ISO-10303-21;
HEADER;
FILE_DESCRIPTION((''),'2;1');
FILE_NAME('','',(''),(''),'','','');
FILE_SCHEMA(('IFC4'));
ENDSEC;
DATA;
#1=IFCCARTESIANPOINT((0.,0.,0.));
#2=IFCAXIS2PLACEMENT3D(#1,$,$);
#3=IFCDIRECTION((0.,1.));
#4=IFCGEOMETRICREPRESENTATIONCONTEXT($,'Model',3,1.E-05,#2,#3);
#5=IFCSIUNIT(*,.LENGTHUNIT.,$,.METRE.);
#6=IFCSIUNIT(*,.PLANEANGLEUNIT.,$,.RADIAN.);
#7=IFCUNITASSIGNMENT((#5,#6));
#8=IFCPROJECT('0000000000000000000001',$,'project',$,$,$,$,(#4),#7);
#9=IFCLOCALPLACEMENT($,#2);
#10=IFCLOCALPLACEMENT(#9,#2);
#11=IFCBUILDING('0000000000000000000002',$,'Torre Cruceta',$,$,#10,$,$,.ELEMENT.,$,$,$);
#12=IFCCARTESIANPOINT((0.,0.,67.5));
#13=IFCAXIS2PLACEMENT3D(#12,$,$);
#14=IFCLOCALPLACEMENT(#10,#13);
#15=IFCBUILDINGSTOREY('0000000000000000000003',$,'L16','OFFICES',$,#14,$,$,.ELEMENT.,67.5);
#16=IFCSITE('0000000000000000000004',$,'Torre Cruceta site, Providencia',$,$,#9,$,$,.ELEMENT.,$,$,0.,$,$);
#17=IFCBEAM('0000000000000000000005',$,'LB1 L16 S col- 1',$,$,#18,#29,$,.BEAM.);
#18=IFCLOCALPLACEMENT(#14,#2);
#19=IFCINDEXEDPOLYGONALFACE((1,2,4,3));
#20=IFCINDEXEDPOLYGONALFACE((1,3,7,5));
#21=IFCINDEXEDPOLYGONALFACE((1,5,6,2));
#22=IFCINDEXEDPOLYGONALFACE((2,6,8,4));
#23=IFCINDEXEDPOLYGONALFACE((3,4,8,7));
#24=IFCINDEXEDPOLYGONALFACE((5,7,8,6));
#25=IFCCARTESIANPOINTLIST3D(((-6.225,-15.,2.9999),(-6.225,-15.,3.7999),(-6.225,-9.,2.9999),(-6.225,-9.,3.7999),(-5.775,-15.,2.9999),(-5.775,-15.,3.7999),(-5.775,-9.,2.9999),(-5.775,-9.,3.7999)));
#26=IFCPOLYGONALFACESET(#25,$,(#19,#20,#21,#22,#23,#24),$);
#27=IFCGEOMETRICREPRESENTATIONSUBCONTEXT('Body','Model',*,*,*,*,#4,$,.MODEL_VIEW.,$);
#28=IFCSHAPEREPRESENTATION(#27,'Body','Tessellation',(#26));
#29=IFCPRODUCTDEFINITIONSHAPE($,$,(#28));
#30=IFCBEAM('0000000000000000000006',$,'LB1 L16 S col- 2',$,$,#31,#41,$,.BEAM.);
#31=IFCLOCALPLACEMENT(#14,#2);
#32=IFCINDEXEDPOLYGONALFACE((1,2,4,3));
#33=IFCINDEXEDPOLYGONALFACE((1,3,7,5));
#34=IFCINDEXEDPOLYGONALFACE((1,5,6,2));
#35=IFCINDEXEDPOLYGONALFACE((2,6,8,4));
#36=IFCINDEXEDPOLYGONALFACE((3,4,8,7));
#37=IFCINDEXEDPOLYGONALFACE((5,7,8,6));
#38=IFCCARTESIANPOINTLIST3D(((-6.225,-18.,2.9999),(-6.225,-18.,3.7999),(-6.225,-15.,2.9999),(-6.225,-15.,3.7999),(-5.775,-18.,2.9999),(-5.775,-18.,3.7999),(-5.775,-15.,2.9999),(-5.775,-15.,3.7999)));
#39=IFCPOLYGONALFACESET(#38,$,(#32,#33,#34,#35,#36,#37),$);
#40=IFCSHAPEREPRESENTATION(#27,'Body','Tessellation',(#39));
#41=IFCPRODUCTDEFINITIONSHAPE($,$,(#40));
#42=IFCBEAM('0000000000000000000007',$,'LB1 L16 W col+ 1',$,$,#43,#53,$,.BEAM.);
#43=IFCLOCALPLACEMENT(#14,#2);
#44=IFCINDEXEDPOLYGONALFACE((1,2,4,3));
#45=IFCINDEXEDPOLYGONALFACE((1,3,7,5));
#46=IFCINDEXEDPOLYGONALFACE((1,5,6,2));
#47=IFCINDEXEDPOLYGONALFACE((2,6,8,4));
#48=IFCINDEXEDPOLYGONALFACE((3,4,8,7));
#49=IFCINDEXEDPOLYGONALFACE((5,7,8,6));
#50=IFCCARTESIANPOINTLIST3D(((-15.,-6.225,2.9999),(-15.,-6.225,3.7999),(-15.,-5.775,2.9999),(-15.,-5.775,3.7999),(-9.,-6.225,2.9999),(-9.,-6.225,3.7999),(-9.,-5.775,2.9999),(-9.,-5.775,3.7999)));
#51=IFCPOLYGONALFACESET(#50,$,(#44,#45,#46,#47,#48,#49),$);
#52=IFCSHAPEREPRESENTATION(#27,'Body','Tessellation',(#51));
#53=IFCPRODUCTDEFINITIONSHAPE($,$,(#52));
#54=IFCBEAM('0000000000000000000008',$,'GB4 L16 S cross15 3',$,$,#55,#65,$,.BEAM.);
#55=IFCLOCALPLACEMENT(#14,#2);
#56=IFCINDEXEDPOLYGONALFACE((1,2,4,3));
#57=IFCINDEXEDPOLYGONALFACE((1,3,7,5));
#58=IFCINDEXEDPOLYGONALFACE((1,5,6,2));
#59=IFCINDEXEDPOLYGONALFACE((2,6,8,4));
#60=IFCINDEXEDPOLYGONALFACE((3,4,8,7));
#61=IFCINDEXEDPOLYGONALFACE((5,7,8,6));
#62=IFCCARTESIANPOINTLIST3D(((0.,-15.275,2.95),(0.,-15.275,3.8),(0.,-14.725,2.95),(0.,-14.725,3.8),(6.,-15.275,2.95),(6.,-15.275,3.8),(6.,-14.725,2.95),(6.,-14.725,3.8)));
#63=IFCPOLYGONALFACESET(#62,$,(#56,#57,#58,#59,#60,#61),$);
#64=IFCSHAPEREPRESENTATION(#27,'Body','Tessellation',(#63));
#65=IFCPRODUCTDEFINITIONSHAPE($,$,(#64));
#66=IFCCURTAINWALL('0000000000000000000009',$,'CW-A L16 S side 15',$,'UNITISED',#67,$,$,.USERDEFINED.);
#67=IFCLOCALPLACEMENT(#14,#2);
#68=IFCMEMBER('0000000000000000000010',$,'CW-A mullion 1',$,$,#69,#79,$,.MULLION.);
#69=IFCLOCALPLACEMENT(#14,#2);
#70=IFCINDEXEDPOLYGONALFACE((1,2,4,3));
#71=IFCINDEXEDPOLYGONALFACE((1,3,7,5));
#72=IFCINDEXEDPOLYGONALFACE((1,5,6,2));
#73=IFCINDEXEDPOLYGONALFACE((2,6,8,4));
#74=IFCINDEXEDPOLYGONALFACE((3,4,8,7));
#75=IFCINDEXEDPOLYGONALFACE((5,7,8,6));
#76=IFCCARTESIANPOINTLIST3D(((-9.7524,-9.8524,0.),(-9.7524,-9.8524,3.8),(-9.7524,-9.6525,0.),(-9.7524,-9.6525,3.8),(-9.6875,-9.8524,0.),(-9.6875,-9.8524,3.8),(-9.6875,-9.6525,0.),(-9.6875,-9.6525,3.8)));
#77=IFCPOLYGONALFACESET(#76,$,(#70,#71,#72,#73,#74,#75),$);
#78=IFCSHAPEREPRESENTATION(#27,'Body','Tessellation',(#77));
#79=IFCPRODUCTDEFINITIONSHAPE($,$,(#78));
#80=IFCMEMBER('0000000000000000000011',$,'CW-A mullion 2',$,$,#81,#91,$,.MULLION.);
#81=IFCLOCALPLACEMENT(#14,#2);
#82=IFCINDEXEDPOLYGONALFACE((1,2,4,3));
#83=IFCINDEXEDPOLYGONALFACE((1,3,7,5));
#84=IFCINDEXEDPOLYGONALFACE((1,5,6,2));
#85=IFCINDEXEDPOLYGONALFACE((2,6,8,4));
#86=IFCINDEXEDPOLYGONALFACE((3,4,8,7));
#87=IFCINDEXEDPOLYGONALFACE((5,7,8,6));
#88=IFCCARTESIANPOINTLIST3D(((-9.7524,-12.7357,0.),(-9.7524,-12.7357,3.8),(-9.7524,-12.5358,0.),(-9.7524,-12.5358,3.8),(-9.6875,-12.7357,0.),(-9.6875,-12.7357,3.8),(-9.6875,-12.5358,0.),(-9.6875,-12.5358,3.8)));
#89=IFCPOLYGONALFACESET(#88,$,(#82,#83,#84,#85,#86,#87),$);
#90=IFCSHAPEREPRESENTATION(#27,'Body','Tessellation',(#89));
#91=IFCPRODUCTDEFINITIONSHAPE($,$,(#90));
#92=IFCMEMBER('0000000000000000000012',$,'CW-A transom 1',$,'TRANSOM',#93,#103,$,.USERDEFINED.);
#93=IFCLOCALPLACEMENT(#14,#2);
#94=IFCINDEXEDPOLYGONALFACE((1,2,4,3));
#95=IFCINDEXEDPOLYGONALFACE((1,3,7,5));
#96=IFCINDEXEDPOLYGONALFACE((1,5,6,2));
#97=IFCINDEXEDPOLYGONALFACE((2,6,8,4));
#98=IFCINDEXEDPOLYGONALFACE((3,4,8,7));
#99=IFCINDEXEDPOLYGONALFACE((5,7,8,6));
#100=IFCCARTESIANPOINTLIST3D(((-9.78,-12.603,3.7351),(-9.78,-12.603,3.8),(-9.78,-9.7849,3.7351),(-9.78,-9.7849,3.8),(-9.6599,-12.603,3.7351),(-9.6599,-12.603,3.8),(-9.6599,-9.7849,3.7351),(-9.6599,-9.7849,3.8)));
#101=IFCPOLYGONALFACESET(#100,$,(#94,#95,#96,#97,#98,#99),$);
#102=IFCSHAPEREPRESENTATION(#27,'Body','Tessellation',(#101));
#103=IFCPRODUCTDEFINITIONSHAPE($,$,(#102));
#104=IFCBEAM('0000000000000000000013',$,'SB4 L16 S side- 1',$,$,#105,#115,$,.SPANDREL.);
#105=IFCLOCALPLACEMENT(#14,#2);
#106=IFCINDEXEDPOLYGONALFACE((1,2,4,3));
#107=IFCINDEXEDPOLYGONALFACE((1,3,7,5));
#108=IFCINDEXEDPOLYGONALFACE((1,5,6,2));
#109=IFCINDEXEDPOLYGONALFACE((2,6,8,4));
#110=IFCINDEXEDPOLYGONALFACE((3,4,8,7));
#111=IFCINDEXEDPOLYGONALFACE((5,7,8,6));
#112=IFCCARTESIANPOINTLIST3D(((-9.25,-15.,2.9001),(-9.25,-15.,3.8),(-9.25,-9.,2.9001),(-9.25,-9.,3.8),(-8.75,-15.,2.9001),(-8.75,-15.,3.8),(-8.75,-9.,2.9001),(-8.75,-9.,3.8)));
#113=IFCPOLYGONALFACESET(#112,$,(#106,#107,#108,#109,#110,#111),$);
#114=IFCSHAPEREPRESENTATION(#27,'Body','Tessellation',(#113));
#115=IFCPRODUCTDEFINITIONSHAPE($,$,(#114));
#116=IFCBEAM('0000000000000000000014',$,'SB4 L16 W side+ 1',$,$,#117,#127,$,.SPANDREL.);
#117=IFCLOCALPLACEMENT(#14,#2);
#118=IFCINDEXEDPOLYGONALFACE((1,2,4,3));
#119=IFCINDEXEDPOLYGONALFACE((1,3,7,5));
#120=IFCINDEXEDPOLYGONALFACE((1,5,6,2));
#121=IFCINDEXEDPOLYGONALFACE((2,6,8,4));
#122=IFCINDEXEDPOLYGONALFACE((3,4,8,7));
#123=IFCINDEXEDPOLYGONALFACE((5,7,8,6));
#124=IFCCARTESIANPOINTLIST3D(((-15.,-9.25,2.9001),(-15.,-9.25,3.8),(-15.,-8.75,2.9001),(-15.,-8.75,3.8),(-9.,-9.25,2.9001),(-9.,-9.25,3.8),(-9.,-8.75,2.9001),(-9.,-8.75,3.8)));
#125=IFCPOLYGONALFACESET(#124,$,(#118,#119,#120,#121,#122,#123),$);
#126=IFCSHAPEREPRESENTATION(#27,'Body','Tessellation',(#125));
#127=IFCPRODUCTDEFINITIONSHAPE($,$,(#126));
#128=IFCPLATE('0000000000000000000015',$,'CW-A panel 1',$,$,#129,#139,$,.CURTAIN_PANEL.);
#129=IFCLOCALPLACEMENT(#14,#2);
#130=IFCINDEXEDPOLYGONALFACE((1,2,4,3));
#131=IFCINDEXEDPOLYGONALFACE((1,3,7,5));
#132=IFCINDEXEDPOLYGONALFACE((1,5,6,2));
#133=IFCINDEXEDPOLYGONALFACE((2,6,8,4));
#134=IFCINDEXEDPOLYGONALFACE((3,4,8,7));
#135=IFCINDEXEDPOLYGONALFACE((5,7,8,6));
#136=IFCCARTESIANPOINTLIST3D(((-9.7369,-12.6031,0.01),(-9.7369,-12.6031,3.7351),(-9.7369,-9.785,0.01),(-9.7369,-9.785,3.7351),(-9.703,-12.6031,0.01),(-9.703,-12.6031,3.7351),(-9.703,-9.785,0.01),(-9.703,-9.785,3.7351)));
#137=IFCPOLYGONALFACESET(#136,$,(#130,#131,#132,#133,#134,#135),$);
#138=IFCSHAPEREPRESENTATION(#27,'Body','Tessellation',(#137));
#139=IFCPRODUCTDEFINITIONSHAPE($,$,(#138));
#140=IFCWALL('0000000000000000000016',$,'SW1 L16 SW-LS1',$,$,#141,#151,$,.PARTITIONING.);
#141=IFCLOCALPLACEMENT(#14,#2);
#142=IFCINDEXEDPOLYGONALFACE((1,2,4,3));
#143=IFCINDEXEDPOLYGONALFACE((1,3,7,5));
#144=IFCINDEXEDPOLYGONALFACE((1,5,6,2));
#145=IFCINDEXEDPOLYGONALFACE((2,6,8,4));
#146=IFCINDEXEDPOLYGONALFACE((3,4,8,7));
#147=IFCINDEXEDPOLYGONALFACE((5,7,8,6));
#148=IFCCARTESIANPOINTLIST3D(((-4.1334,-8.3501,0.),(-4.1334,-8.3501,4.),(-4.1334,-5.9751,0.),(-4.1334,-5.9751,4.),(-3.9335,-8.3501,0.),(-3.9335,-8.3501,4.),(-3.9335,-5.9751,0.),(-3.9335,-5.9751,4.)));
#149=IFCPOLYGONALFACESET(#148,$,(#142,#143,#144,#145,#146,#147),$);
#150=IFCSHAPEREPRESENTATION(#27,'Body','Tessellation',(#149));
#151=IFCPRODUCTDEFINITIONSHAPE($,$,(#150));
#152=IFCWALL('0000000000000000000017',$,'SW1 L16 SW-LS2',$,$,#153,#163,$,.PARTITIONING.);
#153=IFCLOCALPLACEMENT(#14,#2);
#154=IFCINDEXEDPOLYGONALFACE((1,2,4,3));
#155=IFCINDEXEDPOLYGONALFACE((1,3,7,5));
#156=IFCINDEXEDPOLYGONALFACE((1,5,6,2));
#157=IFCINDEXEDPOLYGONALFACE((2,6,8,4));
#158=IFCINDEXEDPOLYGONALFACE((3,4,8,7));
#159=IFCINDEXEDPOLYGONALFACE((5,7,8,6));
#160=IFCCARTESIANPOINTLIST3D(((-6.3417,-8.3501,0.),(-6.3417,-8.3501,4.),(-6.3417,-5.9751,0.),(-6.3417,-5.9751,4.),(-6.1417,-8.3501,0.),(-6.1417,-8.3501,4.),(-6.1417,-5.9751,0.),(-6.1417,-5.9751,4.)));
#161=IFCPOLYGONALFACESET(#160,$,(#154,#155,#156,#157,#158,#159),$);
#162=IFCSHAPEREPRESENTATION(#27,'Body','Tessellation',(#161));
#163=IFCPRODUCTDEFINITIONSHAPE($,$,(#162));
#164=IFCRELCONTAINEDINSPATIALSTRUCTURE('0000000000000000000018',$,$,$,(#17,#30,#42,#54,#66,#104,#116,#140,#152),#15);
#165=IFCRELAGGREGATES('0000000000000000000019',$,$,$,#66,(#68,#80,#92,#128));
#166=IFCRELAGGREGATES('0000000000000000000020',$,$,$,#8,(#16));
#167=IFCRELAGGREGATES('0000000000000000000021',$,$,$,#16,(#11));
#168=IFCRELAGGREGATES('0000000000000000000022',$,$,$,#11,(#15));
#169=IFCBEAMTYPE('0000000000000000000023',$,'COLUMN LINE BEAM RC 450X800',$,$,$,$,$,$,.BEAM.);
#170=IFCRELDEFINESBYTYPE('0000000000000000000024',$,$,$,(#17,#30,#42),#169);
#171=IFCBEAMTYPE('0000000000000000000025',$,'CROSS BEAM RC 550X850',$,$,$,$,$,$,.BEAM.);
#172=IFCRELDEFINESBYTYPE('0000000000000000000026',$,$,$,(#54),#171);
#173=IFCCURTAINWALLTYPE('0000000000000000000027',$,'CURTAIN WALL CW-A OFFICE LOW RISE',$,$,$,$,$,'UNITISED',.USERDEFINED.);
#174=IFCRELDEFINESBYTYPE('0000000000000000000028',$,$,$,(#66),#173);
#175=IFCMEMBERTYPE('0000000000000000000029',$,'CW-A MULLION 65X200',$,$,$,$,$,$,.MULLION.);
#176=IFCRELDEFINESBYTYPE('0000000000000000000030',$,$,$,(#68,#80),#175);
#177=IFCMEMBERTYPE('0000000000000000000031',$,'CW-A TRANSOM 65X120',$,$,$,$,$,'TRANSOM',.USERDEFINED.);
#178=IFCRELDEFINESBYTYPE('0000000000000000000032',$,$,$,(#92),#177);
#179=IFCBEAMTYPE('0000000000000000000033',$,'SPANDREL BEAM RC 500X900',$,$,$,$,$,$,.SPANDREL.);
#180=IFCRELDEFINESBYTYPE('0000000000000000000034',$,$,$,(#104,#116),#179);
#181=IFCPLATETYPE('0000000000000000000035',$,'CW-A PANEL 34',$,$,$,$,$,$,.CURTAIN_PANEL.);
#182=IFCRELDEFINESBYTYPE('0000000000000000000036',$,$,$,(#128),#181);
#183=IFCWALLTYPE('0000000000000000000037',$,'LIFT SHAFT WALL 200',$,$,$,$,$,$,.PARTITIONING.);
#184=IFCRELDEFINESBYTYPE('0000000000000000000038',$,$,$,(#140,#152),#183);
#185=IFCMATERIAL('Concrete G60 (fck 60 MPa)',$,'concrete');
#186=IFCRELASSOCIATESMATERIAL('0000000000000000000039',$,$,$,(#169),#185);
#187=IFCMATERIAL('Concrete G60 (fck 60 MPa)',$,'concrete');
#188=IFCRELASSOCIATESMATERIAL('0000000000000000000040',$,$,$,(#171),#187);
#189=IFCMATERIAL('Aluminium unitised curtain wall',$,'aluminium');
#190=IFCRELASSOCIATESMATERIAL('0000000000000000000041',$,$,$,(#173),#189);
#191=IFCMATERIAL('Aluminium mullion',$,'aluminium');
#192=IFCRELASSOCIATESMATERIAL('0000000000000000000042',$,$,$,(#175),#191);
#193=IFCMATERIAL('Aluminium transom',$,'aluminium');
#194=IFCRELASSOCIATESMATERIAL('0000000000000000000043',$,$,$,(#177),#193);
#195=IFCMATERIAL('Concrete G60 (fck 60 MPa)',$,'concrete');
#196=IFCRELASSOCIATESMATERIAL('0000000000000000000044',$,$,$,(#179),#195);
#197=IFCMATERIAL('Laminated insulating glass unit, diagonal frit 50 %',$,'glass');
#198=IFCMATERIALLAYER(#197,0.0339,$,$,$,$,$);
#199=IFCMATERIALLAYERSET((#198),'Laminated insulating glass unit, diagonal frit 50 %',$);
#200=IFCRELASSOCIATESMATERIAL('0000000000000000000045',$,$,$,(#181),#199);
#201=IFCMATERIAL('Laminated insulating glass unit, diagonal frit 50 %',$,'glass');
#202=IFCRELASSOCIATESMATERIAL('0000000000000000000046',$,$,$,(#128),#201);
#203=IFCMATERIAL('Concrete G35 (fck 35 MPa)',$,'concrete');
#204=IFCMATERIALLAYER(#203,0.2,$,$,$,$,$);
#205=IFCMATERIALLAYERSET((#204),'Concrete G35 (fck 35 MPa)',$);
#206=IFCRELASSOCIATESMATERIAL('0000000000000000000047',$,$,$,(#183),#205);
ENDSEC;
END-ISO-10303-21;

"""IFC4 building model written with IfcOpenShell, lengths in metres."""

from ifc_helpers import new_model, si_unit, direction, frame, frame_2d, origin, origin_2d, place, context, subcontext, project, spatial, rectangle, extrude, material, layer, layer_set, material_profile, profile_set, type_object, element, aggregate, save


model = new_model("IFC4")

# Units and contexts
model_context = context("Model", 3, precision=1e-05, world=origin(), true_north=direction((0.0, 1.0)))
body_context = subcontext(model_context, "Body", "Model", "MODEL_VIEW")
ifc_project = project(units=[si_unit("LENGTHUNIT", "METRE"), si_unit("PLANEANGLEUNIT", "RADIAN")], contexts=[model_context])

# Site, building, storey
site_placement = place(None, origin())
site = spatial("IfcSite", under=ifc_project, at=site_placement, Name="Torre Cruceta site, Providencia", CompositionType="ELEMENT", RefElevation=0.0)
building_placement = place(site_placement, origin())
building = spatial("IfcBuilding", under=site, at=building_placement, Name="Torre Cruceta", CompositionType="ELEMENT")
storey_placement = place(building_placement, frame((0.0, 0.0, 67.5)))
storey = spatial("IfcBuildingStorey", under=building, at=storey_placement, Name="L16", Description="OFFICES", CompositionType="ELEMENT", Elevation=67.5)

# Beams
ifc_material_1 = material(Name="Concrete G60 (fck 60 MPa)", Category="concrete")
ifc_material_profile_1 = material_profile(ifc_material_1, rectangle(XDim=0.45, YDim=0.8, at=origin_2d()), Name="RC 450X800")
ifc_profile_set_1 = profile_set([ifc_material_profile_1], Name="Concrete G60 (fck 60 MPa)")
beam_type_1 = type_object("IfcBeamType", Name="COLUMN LINE BEAM RC 450X800", PredefinedType="BEAM", material=ifc_profile_set_1)
beam_1_placement = place(storey_placement, frame((-6.0, -9.0, 3.3999), z_axis=(0.0, -1.0, 0.0), x_axis=(1.0, 0.0, 0.0)))
element("IfcBeam", 1, at=beam_1_placement, inside=storey, type_object=beam_type_1, Name="LB1 L16 S col- 1", PredefinedType="BEAM", context=body_context, shape_type="SweptSolid", body=[
    extrude(rectangle(XDim=0.45, YDim=0.8, at=origin_2d()), origin(), (0.0, 0.0, 1.0), 6.0),
])
beam_2_placement = place(storey_placement, frame((-6.0, -15.0, 3.3999), z_axis=(0.0, -1.0, 0.0), x_axis=(1.0, 0.0, 0.0)))
element("IfcBeam", 2, at=beam_2_placement, inside=storey, type_object=beam_type_1, Name="LB1 L16 S col- 2", PredefinedType="BEAM", context=body_context, shape_type="SweptSolid", body=[
    extrude(rectangle(XDim=0.45, YDim=0.8, at=origin_2d()), origin(), (0.0, 0.0, 1.0), 3.0),
])
beam_3_placement = place(storey_placement, frame((-9.0, -6.0, 3.3999), z_axis=(-1.0, 0.0, 0.0), x_axis=(0.0, -1.0, 0.0)))
element("IfcBeam", 3, at=beam_3_placement, inside=storey, type_object=beam_type_1, Name="LB1 L16 W col+ 1", PredefinedType="BEAM", context=body_context, shape_type="SweptSolid", body=[
    extrude(rectangle(XDim=0.45, YDim=0.8, at=origin_2d()), origin(), (0.0, 0.0, 1.0), 6.0),
])
ifc_material_2 = material(Name="Concrete G60 (fck 60 MPa)", Category="concrete")
ifc_material_profile_2 = material_profile(ifc_material_2, rectangle(XDim=0.55, YDim=0.8501, at=origin_2d()), Name="RC 550X850")
ifc_profile_set_2 = profile_set([ifc_material_profile_2], Name="Concrete G60 (fck 60 MPa)")
beam_type_2 = type_object("IfcBeamType", Name="CROSS BEAM RC 550X850", PredefinedType="BEAM", material=ifc_profile_set_2)
beam_4_placement = place(storey_placement, frame((0.0, -15.0, 3.375), z_axis=(1.0, 0.0, 0.0), x_axis=(0.0, 1.0, 0.0)))
element("IfcBeam", 4, at=beam_4_placement, inside=storey, type_object=beam_type_2, Name="GB4 L16 S cross15 3", PredefinedType="BEAM", context=body_context, shape_type="SweptSolid", body=[
    extrude(rectangle(XDim=0.55, YDim=0.8501, at=origin_2d()), origin(), (0.0, 0.0, 1.0), 6.0),
])

# Curtain wall, members
ifc_material_3 = material(Name="Aluminium unitised curtain wall", Category="aluminium")
curtain_wall_type = type_object("IfcCurtainWallType", Name="CURTAIN WALL CW-A OFFICE LOW RISE", ElementType="UNITISED", PredefinedType="USERDEFINED", material=ifc_material_3)
curtain_wall_placement = place(storey_placement, origin())
curtain_wall = element("IfcCurtainWall", 5, at=curtain_wall_placement, inside=storey, type_object=curtain_wall_type, Name="CW-A L16 S side 15", ObjectType="UNITISED", PredefinedType="USERDEFINED")
ifc_material_4 = material(Name="Aluminium mullion", Category="aluminium")
ifc_material_profile_3 = material_profile(ifc_material_4, rectangle(XDim=0.0649, YDim=0.2, at=origin_2d()), Name="AL 65X200")
ifc_profile_set_3 = profile_set([ifc_material_profile_3], Name="Aluminium mullion")
member_type_1 = type_object("IfcMemberType", Name="CW-A MULLION 65X200", PredefinedType="MULLION", material=ifc_profile_set_3)
member_1_placement = place(storey_placement, frame((-9.72, -9.7524, 0.0), z_axis=(0.0, 0.0, 1.0), x_axis=(1.0, 0.0, 0.0)))
member_1 = element("IfcMember", 6, at=member_1_placement, type_object=member_type_1, Name="CW-A mullion 1", PredefinedType="MULLION", context=body_context, shape_type="SweptSolid", body=[
    extrude(rectangle(XDim=0.0649, YDim=0.2, at=origin_2d()), origin(), (0.0, 0.0, 1.0), 3.8),
])
member_2_placement = place(storey_placement, frame((-9.72, -12.6357, 0.0), z_axis=(0.0, 0.0, 1.0), x_axis=(1.0, 0.0, 0.0)))
member_2 = element("IfcMember", 7, at=member_2_placement, type_object=member_type_1, Name="CW-A mullion 2", PredefinedType="MULLION", context=body_context, shape_type="SweptSolid", body=[
    extrude(rectangle(XDim=0.0649, YDim=0.2, at=origin_2d()), origin(), (0.0, 0.0, 1.0), 3.8),
])
ifc_material_5 = material(Name="Aluminium transom", Category="aluminium")
ifc_material_profile_4 = material_profile(ifc_material_5, rectangle(XDim=0.1201, YDim=0.0649, at=origin_2d()), Name="AL 120X65")
ifc_profile_set_4 = profile_set([ifc_material_profile_4], Name="Aluminium transom")
member_type_2 = type_object("IfcMemberType", Name="CW-A TRANSOM 65X120", ElementType="TRANSOM", PredefinedType="USERDEFINED", material=ifc_profile_set_4)
member_3_placement = place(storey_placement, frame((-9.72, -9.7849, 3.7676), z_axis=(0.0, -1.0, 0.0), x_axis=(1.0, 0.0, 0.0)))
member_3 = element("IfcMember", 8, at=member_3_placement, type_object=member_type_2, Name="CW-A transom 1", ObjectType="TRANSOM", PredefinedType="USERDEFINED", context=body_context, shape_type="SweptSolid", body=[
    extrude(rectangle(XDim=0.1201, YDim=0.0649, at=origin_2d()), origin(), (0.0, 0.0, 1.0), 2.8181),
])

# Beams
ifc_material_6 = material(Name="Concrete G60 (fck 60 MPa)", Category="concrete")
ifc_material_profile_5 = material_profile(ifc_material_6, rectangle(XDim=0.5, YDim=0.8999, at=origin_2d()), Name="RC 500X900")
ifc_profile_set_5 = profile_set([ifc_material_profile_5], Name="Concrete G60 (fck 60 MPa)")
beam_type_3 = type_object("IfcBeamType", Name="SPANDREL BEAM RC 500X900", PredefinedType="SPANDREL", material=ifc_profile_set_5)
for number, where, z_axis, x_axis, name in (
    (9, (-9.0, -9.0, 3.3501), (0.0, -1.0, 0.0), (1.0, 0.0, 0.0), "SB4 L16 S side- 1"),
    (10, (-9.0, -9.0, 3.3501), (-1.0, 0.0, 0.0), (0.0, -1.0, 0.0), "SB4 L16 W side+ 1"),
):
    element("IfcBeam", number, at=place(storey_placement, frame(where, z_axis=z_axis, x_axis=x_axis)), inside=storey, type_object=beam_type_3, Name=name, PredefinedType="SPANDREL", context=body_context, shape_type="SweptSolid", body=[
        extrude(rectangle(XDim=0.5, YDim=0.8999, at=origin_2d()), origin(), (0.0, 0.0, 1.0), 6.0),
    ])

# Plate
ifc_material_7 = material(Name="Laminated insulating glass unit, diagonal frit 50 %", Category="glass")
ifc_material_8 = material(Name="Laminated insulating glass unit, diagonal frit 50 %", Category="glass")
ifc_layer_1 = layer(ifc_material_8, 0.0339)
ifc_layer_set_1 = layer_set([ifc_layer_1], Name="Laminated insulating glass unit, diagonal frit 50 %")
plate_type = type_object("IfcPlateType", Name="CW-A PANEL 34", PredefinedType="CURTAIN_PANEL", material=ifc_layer_set_1)
plate_placement = place(storey_placement, frame((-9.72, -11.1941, 0.01), z_axis=(0.0, 0.0, 1.0), x_axis=(0.0, -1.0, 0.0)))
plate = element("IfcPlate", 11, at=plate_placement, type_object=plate_type, material=ifc_material_7, Name="CW-A panel 1", PredefinedType="CURTAIN_PANEL", context=body_context, shape_type="SweptSolid", body=[
    extrude(rectangle(XDim=2.8181, YDim=0.0339, at=origin_2d()), origin(), (0.0, 0.0, 1.0), 3.7251),
])
aggregate(curtain_wall, [member_1, member_2, member_3, plate])

# Walls
ifc_material_9 = material(Name="Concrete G35 (fck 35 MPa)", Category="concrete")
ifc_layer_2 = layer(ifc_material_9, 0.2)
ifc_layer_set_2 = layer_set([ifc_layer_2], Name="Concrete G35 (fck 35 MPa)")
wall_type_1 = type_object("IfcWallType", Name="LIFT SHAFT WALL 200", PredefinedType="PARTITIONING", material=ifc_layer_set_2)
for number, where, z_axis, x_axis, name in (
    (12, (-4.0334, -5.9751, 0.0), (0.0, 0.0, 1.0), (0.0, -1.0, 0.0), "SW1 L16 SW-LS1"),
    (13, (-6.2417, -5.9751, 0.0), (0.0, 0.0, 1.0), (0.0, -1.0, 0.0), "SW1 L16 SW-LS2"),
):
    element("IfcWall", number, at=place(storey_placement, frame(where, z_axis=z_axis, x_axis=x_axis)), inside=storey, type_object=wall_type_1, Name=name, PredefinedType="PARTITIONING", context=body_context, shape_type="SweptSolid", body=[
        extrude(rectangle(XDim=2.375, YDim=0.2, at=frame_2d((1.1875, 0.0))), origin(), (0.0, 0.0, 1.0), 4.0),
    ])

save(model, "model.ifc")
